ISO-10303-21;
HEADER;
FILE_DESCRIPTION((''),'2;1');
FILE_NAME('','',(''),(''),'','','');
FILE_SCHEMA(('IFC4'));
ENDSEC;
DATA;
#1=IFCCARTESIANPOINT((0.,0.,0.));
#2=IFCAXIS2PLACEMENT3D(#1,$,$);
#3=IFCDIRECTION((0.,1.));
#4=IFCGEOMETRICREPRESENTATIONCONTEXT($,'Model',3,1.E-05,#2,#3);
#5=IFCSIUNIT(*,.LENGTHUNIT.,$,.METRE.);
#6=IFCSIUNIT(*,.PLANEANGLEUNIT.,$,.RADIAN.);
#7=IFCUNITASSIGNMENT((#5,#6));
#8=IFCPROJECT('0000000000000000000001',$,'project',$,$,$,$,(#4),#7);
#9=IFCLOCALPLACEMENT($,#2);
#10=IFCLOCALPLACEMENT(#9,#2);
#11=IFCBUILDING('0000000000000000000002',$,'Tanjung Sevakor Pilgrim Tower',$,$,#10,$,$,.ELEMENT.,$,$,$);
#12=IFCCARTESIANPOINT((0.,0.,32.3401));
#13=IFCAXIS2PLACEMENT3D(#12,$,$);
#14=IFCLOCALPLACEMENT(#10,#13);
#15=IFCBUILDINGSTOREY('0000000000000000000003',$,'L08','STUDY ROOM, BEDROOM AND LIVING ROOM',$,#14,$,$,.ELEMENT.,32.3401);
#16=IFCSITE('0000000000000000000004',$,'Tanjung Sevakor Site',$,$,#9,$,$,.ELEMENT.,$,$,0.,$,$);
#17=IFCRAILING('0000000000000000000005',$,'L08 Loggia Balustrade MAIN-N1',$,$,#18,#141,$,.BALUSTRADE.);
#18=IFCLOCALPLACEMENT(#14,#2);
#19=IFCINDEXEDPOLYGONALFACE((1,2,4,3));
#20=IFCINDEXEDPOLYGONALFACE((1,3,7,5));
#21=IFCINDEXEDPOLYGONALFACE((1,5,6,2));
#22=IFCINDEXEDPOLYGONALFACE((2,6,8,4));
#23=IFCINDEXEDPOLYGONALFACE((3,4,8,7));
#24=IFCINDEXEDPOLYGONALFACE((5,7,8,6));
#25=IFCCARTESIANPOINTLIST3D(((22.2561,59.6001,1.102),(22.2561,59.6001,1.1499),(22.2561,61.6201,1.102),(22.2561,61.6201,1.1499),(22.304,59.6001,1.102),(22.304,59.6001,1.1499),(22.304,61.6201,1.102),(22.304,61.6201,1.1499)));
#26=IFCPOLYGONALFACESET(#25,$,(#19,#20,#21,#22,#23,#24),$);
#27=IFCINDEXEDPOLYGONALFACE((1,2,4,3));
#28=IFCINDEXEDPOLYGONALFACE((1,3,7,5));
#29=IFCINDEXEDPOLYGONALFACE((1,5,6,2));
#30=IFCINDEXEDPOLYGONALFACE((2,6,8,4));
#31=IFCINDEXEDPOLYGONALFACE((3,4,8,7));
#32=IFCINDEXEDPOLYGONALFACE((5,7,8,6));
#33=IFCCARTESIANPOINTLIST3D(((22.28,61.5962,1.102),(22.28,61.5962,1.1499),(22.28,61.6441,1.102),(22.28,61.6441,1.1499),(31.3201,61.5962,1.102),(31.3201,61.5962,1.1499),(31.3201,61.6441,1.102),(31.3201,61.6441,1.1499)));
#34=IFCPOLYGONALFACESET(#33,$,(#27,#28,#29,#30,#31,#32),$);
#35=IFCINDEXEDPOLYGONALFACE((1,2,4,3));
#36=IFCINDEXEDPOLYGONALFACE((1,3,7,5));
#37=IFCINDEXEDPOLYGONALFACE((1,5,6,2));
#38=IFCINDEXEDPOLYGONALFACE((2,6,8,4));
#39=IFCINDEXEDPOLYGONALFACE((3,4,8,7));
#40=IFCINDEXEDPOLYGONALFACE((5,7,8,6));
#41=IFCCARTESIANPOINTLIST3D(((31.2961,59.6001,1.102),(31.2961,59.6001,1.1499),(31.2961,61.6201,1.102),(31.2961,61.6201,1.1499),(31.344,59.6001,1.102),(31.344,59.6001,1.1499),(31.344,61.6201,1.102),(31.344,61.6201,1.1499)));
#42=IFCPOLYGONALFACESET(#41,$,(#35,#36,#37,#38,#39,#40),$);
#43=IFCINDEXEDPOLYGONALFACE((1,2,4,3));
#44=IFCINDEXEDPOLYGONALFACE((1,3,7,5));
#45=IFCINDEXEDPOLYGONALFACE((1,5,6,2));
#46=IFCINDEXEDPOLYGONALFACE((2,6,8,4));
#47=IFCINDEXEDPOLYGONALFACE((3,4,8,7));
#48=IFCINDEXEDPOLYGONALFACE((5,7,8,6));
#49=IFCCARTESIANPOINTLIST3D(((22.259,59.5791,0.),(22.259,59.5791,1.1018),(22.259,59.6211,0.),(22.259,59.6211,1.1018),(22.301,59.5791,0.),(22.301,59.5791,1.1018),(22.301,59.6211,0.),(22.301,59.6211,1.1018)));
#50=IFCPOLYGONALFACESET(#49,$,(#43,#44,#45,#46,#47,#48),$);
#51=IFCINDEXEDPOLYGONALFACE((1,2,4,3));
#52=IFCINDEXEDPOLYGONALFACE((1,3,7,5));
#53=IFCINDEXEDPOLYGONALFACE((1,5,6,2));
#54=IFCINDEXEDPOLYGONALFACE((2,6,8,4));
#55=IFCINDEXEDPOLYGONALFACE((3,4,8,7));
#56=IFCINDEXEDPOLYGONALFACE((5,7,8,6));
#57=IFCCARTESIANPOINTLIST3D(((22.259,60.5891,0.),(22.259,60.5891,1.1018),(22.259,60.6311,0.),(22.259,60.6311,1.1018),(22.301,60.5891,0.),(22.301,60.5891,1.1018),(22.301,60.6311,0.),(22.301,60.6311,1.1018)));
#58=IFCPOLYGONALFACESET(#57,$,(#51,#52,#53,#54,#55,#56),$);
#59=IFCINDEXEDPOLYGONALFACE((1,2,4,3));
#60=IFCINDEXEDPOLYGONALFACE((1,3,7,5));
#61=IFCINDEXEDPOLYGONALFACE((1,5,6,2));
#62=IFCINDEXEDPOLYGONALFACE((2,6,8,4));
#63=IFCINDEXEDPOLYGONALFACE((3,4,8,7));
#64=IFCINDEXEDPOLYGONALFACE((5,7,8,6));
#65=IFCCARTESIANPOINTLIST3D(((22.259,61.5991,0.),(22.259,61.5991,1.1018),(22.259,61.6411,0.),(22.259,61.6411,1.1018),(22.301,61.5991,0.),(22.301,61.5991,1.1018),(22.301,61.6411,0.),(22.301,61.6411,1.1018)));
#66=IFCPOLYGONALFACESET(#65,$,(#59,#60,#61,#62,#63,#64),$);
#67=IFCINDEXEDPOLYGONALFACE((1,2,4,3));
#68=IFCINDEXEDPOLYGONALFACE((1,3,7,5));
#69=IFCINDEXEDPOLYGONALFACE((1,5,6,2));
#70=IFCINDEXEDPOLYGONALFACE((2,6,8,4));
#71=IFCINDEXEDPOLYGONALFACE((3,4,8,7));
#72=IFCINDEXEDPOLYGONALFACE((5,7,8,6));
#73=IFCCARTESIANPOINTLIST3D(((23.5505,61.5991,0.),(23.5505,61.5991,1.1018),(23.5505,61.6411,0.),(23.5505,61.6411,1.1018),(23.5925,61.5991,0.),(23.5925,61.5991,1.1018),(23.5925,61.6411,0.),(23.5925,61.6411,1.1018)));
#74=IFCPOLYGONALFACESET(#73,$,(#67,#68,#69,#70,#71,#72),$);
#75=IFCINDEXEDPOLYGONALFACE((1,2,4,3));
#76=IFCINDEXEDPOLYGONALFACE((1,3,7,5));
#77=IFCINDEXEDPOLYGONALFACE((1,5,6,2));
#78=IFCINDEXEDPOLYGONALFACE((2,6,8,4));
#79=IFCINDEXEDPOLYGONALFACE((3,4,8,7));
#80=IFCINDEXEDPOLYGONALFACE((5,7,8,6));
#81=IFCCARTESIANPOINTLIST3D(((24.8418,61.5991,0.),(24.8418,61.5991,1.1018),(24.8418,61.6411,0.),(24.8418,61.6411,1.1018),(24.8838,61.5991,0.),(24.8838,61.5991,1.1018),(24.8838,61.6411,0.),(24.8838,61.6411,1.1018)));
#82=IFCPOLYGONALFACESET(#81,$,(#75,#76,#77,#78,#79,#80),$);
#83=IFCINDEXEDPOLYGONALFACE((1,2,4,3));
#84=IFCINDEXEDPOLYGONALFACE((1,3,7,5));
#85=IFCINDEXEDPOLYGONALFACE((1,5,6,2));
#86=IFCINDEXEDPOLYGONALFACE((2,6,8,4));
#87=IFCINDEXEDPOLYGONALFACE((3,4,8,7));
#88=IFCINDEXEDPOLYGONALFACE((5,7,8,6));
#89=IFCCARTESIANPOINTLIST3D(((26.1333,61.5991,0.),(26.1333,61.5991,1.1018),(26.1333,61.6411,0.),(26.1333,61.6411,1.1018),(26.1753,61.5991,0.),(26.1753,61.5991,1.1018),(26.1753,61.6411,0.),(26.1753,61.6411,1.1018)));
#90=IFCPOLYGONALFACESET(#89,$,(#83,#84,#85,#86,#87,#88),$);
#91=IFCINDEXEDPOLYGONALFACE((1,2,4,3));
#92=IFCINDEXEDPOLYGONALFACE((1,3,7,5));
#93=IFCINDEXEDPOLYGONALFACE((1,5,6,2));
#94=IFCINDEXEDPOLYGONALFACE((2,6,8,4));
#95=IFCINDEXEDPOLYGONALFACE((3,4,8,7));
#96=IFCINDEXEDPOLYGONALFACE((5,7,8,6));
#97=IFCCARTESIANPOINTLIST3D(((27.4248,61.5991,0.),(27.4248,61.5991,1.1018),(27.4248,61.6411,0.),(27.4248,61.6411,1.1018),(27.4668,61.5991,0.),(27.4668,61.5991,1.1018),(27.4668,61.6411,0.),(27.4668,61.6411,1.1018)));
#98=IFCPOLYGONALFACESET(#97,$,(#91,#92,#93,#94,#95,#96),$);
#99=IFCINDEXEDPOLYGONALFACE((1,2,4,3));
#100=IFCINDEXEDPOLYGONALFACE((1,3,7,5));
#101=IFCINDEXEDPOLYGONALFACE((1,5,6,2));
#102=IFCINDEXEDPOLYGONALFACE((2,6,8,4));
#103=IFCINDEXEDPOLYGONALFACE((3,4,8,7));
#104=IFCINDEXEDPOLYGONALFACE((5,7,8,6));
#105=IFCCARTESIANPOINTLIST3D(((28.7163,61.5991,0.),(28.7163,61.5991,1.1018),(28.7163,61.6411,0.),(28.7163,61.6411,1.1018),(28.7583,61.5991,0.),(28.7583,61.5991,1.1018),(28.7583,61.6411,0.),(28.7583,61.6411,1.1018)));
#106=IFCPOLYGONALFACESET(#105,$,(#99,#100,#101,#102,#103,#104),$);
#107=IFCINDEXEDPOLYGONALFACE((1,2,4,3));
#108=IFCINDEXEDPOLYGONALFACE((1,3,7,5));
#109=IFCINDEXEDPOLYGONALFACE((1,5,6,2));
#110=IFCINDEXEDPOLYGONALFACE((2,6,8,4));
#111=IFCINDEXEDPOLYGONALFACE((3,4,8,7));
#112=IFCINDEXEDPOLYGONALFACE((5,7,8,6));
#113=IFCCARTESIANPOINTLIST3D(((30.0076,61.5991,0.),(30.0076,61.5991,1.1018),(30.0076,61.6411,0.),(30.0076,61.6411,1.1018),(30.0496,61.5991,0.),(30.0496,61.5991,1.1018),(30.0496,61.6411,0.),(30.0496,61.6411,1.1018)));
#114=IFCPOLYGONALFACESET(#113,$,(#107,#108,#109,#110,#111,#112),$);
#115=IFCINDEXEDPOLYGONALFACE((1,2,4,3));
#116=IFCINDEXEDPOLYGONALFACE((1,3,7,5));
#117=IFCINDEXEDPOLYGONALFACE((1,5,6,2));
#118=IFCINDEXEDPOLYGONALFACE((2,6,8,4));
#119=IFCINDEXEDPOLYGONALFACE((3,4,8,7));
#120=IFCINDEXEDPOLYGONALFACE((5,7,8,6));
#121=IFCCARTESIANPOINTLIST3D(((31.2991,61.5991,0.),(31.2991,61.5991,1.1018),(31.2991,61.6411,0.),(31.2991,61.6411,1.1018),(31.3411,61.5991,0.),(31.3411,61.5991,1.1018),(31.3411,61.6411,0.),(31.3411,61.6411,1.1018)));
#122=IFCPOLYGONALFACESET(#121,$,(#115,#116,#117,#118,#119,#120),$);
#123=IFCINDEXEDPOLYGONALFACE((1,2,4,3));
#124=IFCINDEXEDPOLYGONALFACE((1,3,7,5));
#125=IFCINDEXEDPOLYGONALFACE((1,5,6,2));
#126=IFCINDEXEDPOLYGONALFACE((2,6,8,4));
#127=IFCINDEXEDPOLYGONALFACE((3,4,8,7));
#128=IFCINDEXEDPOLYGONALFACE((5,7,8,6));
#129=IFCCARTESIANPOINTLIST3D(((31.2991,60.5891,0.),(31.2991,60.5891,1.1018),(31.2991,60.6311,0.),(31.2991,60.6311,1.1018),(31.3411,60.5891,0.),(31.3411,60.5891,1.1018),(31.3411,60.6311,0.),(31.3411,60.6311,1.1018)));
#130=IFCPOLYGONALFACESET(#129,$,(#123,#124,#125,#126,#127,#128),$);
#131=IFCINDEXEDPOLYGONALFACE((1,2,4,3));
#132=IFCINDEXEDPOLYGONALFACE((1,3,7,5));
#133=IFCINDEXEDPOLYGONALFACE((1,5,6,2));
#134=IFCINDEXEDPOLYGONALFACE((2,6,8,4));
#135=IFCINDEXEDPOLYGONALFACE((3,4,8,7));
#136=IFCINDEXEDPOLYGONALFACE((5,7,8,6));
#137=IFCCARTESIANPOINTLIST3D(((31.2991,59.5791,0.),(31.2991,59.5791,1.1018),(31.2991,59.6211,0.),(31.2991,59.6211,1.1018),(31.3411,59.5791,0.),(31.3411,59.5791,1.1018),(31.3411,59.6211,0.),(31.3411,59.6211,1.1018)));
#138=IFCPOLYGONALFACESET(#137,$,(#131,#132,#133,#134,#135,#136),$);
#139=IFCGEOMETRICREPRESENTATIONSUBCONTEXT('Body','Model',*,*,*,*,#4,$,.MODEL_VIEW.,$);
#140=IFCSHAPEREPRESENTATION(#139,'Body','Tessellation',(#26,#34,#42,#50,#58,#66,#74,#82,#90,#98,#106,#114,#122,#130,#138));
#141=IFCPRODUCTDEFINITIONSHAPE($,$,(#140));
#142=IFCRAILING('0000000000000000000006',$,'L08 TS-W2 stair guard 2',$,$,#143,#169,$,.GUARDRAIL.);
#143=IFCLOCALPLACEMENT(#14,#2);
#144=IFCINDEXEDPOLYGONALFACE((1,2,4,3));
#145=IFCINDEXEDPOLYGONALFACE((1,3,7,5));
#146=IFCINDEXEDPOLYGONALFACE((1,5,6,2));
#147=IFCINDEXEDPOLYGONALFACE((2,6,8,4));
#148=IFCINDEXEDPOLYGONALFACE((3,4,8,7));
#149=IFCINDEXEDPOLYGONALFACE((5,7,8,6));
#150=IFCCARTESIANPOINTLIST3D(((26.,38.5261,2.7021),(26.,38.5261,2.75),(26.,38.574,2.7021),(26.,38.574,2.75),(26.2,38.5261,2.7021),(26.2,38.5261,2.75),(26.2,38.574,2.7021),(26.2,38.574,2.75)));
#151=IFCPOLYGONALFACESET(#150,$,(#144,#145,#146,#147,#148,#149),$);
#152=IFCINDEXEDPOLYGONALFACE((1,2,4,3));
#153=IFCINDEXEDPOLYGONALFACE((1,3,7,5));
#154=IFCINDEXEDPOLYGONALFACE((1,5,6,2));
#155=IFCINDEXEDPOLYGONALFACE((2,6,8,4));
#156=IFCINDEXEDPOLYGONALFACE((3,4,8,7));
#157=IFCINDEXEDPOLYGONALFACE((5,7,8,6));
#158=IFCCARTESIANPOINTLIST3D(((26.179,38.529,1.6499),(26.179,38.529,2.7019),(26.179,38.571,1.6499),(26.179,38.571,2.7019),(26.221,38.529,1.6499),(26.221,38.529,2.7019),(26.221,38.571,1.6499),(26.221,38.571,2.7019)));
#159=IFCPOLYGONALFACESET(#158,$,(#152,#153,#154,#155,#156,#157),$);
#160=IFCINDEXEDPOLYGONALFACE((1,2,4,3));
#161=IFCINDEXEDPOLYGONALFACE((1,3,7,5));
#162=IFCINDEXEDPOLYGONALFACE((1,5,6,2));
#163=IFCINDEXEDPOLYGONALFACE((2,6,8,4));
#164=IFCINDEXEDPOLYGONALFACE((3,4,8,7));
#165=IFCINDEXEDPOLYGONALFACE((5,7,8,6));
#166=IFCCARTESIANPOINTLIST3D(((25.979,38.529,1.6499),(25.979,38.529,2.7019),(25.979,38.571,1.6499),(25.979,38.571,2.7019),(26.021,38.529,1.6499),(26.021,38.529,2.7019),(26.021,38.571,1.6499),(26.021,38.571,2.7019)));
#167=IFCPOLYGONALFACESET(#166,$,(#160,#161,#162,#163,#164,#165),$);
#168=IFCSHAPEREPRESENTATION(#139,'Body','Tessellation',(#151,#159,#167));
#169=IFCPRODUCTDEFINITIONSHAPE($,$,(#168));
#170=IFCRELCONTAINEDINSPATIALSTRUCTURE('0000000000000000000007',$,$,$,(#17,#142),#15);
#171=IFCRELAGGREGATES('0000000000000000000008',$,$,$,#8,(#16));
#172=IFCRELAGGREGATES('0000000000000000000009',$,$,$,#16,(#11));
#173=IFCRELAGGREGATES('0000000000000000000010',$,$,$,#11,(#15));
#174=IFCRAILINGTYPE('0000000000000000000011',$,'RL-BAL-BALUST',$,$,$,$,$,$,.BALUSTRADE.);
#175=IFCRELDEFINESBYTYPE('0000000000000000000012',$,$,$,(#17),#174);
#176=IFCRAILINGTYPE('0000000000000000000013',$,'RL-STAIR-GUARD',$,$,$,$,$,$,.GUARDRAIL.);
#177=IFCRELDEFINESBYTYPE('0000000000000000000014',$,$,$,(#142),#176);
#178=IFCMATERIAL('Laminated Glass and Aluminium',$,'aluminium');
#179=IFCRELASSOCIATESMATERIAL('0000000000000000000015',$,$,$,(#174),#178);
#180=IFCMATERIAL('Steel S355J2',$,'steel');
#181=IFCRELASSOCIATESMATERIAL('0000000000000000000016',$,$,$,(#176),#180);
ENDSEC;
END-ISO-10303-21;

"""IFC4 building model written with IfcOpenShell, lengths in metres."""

from ifc_helpers import new_model, si_unit, direction, frame, origin, place, context, subcontext, project, spatial, rectangle, extrude, material, type_object, element, save


model = new_model("IFC4")

# Units and contexts
model_context = context("Model", 3, precision=1e-05, world=origin(), true_north=direction((0.0, 1.0)))
body_context = subcontext(model_context, "Body", "Model", "MODEL_VIEW")
ifc_project = project(units=[si_unit("LENGTHUNIT", "METRE"), si_unit("PLANEANGLEUNIT", "RADIAN")], contexts=[model_context])

# Site, building, storey
site_placement = place(None, origin())
site = spatial("IfcSite", under=ifc_project, at=site_placement, Name="Tanjung Sevakor Site", CompositionType="ELEMENT", RefElevation=0.0)
building_placement = place(site_placement, origin())
building = spatial("IfcBuilding", under=site, at=building_placement, Name="Tanjung Sevakor Pilgrim Tower", CompositionType="ELEMENT")
storey_placement = place(building_placement, frame((0.0, 0.0, 32.3401)))
storey = spatial("IfcBuildingStorey", under=building, at=storey_placement, Name="L08", Description="STUDY ROOM, BEDROOM AND LIVING ROOM", CompositionType="ELEMENT", Elevation=32.3401)

# Railings
ifc_material_1 = material(Name="Laminated Glass and Aluminium", Category="aluminium")
railing_type_1 = type_object("IfcRailingType", Name="RL-BAL-BALUST", PredefinedType="BALUSTRADE", material=ifc_material_1)
railing_1_placement = place(storey_placement, frame((22.28, 59.6001, 0.0)))
element("IfcRailing", 1, at=railing_1_placement, inside=storey, type_object=railing_type_1, Name="L08 Loggia Balustrade MAIN-N1", PredefinedType="BALUSTRADE", context=body_context, shape_type="SweptSolid", body=[
    extrude(rectangle(XDim=0.0479, YDim=0.0479), frame((0.0, 0.0, 1.126), z_axis=(0.0, 1.0, 0.0), x_axis=(-1.0, 0.0, 0.0)), (0.0, 0.0, 1.0), 2.02),
    extrude(rectangle(XDim=0.0479, YDim=0.0479), frame((0.0, 2.02, 1.126), z_axis=(1.0, 0.0, 0.0), x_axis=(0.0, 1.0, 0.0)), (0.0, 0.0, 1.0), 9.04),
    extrude(rectangle(XDim=0.0479, YDim=0.0479), frame((9.04, 2.02, 1.126), z_axis=(0.0, -1.0, 0.0), x_axis=(1.0, 0.0, 0.0)), (0.0, 0.0, 1.0), 2.02),
    extrude(rectangle(XDim=0.042, YDim=0.042), origin(), (0.0, 0.0, 1.0), 1.1018),
    extrude(rectangle(XDim=0.042, YDim=0.042), frame((0.0, 1.01, 0.0)), (0.0, 0.0, 1.0), 1.1018),
    extrude(rectangle(XDim=0.042, YDim=0.042), frame((0.0, 2.02, 0.0)), (0.0, 0.0, 1.0), 1.1018),
    extrude(rectangle(XDim=0.042, YDim=0.042), frame((1.2915, 2.02, 0.0)), (0.0, 0.0, 1.0), 1.1018),
    extrude(rectangle(XDim=0.042, YDim=0.042), frame((2.5828, 2.02, 0.0)), (0.0, 0.0, 1.0), 1.1018),
    extrude(rectangle(XDim=0.042, YDim=0.042), frame((3.8743, 2.02, 0.0)), (0.0, 0.0, 1.0), 1.1018),
    extrude(rectangle(XDim=0.042, YDim=0.042), frame((5.1658, 2.02, 0.0)), (0.0, 0.0, 1.0), 1.1018),
    extrude(rectangle(XDim=0.042, YDim=0.042), frame((6.4573, 2.02, 0.0)), (0.0, 0.0, 1.0), 1.1018),
    extrude(rectangle(XDim=0.042, YDim=0.042), frame((7.7485, 2.02, 0.0)), (0.0, 0.0, 1.0), 1.1018),
    extrude(rectangle(XDim=0.042, YDim=0.042), frame((9.04, 2.02, 0.0)), (0.0, 0.0, 1.0), 1.1018),
    extrude(rectangle(XDim=0.042, YDim=0.042), frame((9.04, 1.01, 0.0)), (0.0, 0.0, 1.0), 1.1018),
    extrude(rectangle(XDim=0.042, YDim=0.042), frame((9.04, 0.0, 0.0)), (0.0, 0.0, 1.0), 1.1018),
])
ifc_material_2 = material(Name="Steel S355J2", Category="steel")
railing_type_2 = type_object("IfcRailingType", Name="RL-STAIR-GUARD", PredefinedType="GUARDRAIL", material=ifc_material_2)
railing_2_placement = place(storey_placement, frame((26.2, 38.55, 1.6499)))
element("IfcRailing", 2, at=railing_2_placement, inside=storey, type_object=railing_type_2, Name="L08 TS-W2 stair guard 2", PredefinedType="GUARDRAIL", context=body_context, shape_type="SweptSolid", body=[
    extrude(rectangle(XDim=0.0479, YDim=0.0479), frame((0.0, 0.0, 1.0762), z_axis=(-1.0, 0.0, 0.0), x_axis=(0.0, -1.0, 0.0)), (0.0, 0.0, 1.0), 0.2),
    extrude(rectangle(XDim=0.042, YDim=0.042), origin(), (0.0, 0.0, 1.0), 1.052),
    extrude(rectangle(XDim=0.042, YDim=0.042), frame((-0.2, 0.0, 0.0)), (0.0, 0.0, 1.0), 1.052),
])

save(model, "model.ifc")
